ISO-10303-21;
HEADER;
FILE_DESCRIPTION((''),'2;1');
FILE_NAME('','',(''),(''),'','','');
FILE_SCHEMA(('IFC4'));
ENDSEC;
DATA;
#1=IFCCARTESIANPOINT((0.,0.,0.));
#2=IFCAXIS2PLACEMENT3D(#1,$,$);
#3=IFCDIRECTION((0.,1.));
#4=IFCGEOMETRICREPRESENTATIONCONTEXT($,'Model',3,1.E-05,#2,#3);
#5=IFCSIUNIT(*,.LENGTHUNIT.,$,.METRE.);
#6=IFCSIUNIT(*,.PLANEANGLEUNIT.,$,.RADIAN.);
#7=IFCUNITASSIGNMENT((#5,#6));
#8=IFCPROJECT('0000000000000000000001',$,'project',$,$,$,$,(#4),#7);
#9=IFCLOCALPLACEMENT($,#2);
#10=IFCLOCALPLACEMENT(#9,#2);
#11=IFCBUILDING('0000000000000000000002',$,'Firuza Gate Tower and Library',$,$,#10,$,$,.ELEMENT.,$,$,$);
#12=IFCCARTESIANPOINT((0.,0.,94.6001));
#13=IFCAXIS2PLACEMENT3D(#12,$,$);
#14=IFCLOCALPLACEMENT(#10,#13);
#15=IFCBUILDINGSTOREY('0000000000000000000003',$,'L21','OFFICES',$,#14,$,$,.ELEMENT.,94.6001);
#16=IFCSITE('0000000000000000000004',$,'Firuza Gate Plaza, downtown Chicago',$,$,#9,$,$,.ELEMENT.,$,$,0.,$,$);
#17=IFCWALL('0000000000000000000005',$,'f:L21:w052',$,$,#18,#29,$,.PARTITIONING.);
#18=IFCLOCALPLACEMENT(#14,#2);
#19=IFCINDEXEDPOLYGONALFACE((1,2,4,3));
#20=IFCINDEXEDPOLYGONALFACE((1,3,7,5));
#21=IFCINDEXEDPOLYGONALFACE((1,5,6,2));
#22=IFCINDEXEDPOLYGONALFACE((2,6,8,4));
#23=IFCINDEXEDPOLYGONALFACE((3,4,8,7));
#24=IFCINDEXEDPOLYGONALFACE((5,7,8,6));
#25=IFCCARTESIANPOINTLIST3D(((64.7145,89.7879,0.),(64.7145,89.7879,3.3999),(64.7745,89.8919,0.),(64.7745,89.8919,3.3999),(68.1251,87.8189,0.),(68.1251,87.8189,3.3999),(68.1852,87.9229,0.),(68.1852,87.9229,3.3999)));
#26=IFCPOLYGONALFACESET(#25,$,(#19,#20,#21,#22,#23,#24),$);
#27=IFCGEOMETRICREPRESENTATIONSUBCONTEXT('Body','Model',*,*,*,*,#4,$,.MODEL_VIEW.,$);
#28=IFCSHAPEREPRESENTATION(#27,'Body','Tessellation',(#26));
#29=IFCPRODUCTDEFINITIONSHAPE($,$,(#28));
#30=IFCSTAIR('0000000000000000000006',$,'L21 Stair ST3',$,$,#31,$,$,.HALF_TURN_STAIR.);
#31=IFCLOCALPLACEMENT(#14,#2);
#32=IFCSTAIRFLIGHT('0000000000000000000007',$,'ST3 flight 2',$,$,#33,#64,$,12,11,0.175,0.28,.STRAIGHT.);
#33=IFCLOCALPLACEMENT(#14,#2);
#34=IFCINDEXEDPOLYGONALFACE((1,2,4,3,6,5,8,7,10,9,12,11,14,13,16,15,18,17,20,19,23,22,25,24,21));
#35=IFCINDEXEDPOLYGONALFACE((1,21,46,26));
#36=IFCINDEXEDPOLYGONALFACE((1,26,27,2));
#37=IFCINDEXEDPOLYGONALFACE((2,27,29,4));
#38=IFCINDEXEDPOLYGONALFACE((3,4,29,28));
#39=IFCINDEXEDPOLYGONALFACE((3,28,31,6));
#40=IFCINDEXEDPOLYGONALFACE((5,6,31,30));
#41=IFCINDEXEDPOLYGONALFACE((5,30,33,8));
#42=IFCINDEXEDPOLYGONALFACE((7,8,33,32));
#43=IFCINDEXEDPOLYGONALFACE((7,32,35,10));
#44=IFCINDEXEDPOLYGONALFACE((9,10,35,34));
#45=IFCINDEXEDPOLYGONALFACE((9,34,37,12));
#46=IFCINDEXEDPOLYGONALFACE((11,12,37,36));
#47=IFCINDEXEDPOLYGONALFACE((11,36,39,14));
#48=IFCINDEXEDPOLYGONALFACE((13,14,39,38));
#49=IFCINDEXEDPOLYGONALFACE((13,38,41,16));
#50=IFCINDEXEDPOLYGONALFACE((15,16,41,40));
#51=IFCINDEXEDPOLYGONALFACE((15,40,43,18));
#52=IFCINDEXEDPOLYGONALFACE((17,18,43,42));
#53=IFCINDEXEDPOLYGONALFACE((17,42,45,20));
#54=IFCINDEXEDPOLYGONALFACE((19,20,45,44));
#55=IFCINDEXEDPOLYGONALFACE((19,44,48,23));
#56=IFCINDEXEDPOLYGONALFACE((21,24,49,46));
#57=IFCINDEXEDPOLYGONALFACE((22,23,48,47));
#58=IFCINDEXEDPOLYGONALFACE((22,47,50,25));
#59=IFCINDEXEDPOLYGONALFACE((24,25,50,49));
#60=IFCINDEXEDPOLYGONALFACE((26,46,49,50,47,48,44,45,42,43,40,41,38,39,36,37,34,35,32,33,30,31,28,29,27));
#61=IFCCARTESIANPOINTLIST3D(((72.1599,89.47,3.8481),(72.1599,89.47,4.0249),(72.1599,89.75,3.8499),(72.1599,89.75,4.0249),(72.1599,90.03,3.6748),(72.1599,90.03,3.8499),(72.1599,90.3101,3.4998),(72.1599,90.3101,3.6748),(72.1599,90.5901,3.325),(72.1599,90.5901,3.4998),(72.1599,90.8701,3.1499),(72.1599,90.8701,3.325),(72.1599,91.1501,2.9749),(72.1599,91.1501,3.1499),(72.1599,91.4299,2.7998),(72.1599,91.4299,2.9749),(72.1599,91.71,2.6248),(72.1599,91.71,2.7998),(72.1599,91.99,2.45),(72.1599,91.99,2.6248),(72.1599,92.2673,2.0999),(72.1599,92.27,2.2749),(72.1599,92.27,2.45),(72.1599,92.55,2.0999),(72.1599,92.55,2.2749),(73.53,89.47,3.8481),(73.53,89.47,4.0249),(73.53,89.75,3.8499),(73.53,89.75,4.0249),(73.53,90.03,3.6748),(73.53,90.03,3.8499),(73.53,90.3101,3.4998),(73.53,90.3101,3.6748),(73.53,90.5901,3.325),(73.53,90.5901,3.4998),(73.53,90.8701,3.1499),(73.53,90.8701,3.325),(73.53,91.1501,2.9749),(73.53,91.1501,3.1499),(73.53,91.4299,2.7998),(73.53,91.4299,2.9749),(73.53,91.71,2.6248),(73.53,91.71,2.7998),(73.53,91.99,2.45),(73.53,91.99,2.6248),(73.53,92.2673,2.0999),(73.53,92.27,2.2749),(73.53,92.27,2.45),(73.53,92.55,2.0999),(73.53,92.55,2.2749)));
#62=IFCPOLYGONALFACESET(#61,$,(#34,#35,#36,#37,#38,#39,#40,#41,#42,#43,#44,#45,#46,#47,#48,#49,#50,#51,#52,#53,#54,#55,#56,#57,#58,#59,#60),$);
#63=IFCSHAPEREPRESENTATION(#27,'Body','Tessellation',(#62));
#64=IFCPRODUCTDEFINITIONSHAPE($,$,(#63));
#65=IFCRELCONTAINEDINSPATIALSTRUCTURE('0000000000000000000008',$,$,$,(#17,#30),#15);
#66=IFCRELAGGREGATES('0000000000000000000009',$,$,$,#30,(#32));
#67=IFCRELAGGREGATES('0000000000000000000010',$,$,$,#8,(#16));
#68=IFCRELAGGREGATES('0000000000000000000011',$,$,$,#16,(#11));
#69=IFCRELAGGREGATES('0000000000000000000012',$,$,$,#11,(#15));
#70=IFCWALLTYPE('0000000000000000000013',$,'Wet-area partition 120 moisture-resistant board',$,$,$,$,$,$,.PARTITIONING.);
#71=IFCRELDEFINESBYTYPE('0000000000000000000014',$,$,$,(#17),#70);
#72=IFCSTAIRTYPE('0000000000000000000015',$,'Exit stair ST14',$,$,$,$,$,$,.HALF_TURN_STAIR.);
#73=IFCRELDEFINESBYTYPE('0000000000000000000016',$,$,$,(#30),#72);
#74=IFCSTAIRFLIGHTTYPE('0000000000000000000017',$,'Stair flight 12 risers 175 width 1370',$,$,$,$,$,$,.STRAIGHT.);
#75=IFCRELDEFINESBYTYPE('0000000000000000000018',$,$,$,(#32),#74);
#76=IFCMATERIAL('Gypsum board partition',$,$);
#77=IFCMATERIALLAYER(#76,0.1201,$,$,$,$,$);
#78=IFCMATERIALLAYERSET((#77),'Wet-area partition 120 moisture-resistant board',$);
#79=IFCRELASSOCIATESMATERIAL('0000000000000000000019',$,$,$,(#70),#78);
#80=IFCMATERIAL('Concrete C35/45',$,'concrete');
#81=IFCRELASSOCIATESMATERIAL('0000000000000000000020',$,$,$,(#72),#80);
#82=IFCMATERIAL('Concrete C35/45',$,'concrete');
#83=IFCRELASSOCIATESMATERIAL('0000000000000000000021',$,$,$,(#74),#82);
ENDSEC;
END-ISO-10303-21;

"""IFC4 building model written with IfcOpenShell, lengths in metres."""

from ifc_helpers import new_model, si_unit, direction, frame, frame_2d, origin, place, context, subcontext, project, spatial, polyline, rectangle, outline, extrude, material, layer, layer_set, type_object, element, aggregate, save


model = new_model("IFC4")

# Units and contexts
model_context = context("Model", 3, precision=1e-05, world=origin(), true_north=direction((0.0, 1.0)))
body_context = subcontext(model_context, "Body", "Model", "MODEL_VIEW")
ifc_project = project(units=[si_unit("LENGTHUNIT", "METRE"), si_unit("PLANEANGLEUNIT", "RADIAN")], contexts=[model_context])

# Site, building, storey
site_placement = place(None, origin())
site = spatial("IfcSite", under=ifc_project, at=site_placement, Name="Firuza Gate Plaza, downtown Chicago", CompositionType="ELEMENT", RefElevation=0.0)
building_placement = place(site_placement, origin())
building = spatial("IfcBuilding", under=site, at=building_placement, Name="Firuza Gate Tower and Library", CompositionType="ELEMENT")
storey_placement = place(building_placement, frame((0.0, 0.0, 94.6001)))
storey = spatial("IfcBuildingStorey", under=building, at=storey_placement, Name="L21", Description="OFFICES", CompositionType="ELEMENT", Elevation=94.6001)

# Shared definitions
placement = place(storey_placement, origin())

# Wall
ifc_material_1 = material(Name="Gypsum board partition")
ifc_layer_1 = layer(ifc_material_1, 0.1201)
ifc_layer_set_1 = layer_set([ifc_layer_1], Name="Wet-area partition 120 moisture-resistant board")
wall_type_1 = type_object("IfcWallType", Name="Wet-area partition 120 moisture-resistant board", PredefinedType="PARTITIONING", material=ifc_layer_set_1)
wall_1_placement = place(storey_placement, frame((68.1553, 87.8708, 0.0), z_axis=(0.0, 0.0, 1.0), x_axis=(-0.866041, 0.499973, 0.0)))
element("IfcWall", 1, at=wall_1_placement, inside=storey, type_object=wall_type_1, Name="f:L21:w052", PredefinedType="PARTITIONING", context=body_context, shape_type="SweptSolid", body=[
    extrude(rectangle(XDim=3.9382, YDim=0.1201, at=frame_2d((1.9692, 0.0))), origin(), (0.0, 0.0, 1.0), 3.3999),
])

# Stair, stair flight
ifc_material_2 = material(Name="Concrete C35/45", Category="concrete")
stair_type = type_object("IfcStairType", Name="Exit stair ST14", PredefinedType="HALF_TURN_STAIR", material=ifc_material_2)
stair = element("IfcStair", 2, at=placement, inside=storey, type_object=stair_type, Name="L21 Stair ST3", PredefinedType="HALF_TURN_STAIR")
ifc_material_3 = material(Name="Concrete C35/45", Category="concrete")
stair_flight_type = type_object("IfcStairFlightType", Name="Stair flight 12 risers 175 width 1370", PredefinedType="STRAIGHT", material=ifc_material_3)
stair_flight_placement = place(storey_placement, frame((72.845, 92.55, 2.0999), z_axis=(0.0, 0.0, 1.0), x_axis=(0.0, -1.0, 0.0)))
stair_flight = element("IfcStairFlight", 3, at=stair_flight_placement, type_object=stair_flight_type, Name="ST3 flight 2", NumberOfRisers=12, NumberOfTreads=11, PredefinedType="STRAIGHT", RiserHeight=0.175, TreadLength=0.28, context=body_context, shape_type="SweptSolid", body=[
    extrude(outline(polyline([(0.0, 0.0), (0.0, 0.175), (0.28, 0.175), (0.28, 0.3501), (0.5601, 0.3501), (0.5601, 0.5249), (0.8401, 0.5249), (0.8401, 0.7), (1.1201, 0.7), (1.1201, 0.875), (1.3999, 0.875), (1.3999, 1.05), (1.6799, 1.05), (1.6799, 1.2251), (1.96, 1.2251), (1.96, 1.3999), (2.24, 1.3999), (2.24, 1.575), (2.52, 1.575), (2.52, 1.75), (2.8, 1.75), (2.8, 1.925), (3.0801, 1.925), (3.0801, 2.1001), (3.0801, 1.7483), (0.2827, 0.0), (0.0, 0.0)])), frame((0.0, 0.6851, 0.0), z_axis=(0.0, -1.0, 0.0), x_axis=(1.0, 0.0, 0.0)), (0.0, 0.0, 1.0), 1.3701),
])
aggregate(stair, [stair_flight])

save(model, "model.ifc")
